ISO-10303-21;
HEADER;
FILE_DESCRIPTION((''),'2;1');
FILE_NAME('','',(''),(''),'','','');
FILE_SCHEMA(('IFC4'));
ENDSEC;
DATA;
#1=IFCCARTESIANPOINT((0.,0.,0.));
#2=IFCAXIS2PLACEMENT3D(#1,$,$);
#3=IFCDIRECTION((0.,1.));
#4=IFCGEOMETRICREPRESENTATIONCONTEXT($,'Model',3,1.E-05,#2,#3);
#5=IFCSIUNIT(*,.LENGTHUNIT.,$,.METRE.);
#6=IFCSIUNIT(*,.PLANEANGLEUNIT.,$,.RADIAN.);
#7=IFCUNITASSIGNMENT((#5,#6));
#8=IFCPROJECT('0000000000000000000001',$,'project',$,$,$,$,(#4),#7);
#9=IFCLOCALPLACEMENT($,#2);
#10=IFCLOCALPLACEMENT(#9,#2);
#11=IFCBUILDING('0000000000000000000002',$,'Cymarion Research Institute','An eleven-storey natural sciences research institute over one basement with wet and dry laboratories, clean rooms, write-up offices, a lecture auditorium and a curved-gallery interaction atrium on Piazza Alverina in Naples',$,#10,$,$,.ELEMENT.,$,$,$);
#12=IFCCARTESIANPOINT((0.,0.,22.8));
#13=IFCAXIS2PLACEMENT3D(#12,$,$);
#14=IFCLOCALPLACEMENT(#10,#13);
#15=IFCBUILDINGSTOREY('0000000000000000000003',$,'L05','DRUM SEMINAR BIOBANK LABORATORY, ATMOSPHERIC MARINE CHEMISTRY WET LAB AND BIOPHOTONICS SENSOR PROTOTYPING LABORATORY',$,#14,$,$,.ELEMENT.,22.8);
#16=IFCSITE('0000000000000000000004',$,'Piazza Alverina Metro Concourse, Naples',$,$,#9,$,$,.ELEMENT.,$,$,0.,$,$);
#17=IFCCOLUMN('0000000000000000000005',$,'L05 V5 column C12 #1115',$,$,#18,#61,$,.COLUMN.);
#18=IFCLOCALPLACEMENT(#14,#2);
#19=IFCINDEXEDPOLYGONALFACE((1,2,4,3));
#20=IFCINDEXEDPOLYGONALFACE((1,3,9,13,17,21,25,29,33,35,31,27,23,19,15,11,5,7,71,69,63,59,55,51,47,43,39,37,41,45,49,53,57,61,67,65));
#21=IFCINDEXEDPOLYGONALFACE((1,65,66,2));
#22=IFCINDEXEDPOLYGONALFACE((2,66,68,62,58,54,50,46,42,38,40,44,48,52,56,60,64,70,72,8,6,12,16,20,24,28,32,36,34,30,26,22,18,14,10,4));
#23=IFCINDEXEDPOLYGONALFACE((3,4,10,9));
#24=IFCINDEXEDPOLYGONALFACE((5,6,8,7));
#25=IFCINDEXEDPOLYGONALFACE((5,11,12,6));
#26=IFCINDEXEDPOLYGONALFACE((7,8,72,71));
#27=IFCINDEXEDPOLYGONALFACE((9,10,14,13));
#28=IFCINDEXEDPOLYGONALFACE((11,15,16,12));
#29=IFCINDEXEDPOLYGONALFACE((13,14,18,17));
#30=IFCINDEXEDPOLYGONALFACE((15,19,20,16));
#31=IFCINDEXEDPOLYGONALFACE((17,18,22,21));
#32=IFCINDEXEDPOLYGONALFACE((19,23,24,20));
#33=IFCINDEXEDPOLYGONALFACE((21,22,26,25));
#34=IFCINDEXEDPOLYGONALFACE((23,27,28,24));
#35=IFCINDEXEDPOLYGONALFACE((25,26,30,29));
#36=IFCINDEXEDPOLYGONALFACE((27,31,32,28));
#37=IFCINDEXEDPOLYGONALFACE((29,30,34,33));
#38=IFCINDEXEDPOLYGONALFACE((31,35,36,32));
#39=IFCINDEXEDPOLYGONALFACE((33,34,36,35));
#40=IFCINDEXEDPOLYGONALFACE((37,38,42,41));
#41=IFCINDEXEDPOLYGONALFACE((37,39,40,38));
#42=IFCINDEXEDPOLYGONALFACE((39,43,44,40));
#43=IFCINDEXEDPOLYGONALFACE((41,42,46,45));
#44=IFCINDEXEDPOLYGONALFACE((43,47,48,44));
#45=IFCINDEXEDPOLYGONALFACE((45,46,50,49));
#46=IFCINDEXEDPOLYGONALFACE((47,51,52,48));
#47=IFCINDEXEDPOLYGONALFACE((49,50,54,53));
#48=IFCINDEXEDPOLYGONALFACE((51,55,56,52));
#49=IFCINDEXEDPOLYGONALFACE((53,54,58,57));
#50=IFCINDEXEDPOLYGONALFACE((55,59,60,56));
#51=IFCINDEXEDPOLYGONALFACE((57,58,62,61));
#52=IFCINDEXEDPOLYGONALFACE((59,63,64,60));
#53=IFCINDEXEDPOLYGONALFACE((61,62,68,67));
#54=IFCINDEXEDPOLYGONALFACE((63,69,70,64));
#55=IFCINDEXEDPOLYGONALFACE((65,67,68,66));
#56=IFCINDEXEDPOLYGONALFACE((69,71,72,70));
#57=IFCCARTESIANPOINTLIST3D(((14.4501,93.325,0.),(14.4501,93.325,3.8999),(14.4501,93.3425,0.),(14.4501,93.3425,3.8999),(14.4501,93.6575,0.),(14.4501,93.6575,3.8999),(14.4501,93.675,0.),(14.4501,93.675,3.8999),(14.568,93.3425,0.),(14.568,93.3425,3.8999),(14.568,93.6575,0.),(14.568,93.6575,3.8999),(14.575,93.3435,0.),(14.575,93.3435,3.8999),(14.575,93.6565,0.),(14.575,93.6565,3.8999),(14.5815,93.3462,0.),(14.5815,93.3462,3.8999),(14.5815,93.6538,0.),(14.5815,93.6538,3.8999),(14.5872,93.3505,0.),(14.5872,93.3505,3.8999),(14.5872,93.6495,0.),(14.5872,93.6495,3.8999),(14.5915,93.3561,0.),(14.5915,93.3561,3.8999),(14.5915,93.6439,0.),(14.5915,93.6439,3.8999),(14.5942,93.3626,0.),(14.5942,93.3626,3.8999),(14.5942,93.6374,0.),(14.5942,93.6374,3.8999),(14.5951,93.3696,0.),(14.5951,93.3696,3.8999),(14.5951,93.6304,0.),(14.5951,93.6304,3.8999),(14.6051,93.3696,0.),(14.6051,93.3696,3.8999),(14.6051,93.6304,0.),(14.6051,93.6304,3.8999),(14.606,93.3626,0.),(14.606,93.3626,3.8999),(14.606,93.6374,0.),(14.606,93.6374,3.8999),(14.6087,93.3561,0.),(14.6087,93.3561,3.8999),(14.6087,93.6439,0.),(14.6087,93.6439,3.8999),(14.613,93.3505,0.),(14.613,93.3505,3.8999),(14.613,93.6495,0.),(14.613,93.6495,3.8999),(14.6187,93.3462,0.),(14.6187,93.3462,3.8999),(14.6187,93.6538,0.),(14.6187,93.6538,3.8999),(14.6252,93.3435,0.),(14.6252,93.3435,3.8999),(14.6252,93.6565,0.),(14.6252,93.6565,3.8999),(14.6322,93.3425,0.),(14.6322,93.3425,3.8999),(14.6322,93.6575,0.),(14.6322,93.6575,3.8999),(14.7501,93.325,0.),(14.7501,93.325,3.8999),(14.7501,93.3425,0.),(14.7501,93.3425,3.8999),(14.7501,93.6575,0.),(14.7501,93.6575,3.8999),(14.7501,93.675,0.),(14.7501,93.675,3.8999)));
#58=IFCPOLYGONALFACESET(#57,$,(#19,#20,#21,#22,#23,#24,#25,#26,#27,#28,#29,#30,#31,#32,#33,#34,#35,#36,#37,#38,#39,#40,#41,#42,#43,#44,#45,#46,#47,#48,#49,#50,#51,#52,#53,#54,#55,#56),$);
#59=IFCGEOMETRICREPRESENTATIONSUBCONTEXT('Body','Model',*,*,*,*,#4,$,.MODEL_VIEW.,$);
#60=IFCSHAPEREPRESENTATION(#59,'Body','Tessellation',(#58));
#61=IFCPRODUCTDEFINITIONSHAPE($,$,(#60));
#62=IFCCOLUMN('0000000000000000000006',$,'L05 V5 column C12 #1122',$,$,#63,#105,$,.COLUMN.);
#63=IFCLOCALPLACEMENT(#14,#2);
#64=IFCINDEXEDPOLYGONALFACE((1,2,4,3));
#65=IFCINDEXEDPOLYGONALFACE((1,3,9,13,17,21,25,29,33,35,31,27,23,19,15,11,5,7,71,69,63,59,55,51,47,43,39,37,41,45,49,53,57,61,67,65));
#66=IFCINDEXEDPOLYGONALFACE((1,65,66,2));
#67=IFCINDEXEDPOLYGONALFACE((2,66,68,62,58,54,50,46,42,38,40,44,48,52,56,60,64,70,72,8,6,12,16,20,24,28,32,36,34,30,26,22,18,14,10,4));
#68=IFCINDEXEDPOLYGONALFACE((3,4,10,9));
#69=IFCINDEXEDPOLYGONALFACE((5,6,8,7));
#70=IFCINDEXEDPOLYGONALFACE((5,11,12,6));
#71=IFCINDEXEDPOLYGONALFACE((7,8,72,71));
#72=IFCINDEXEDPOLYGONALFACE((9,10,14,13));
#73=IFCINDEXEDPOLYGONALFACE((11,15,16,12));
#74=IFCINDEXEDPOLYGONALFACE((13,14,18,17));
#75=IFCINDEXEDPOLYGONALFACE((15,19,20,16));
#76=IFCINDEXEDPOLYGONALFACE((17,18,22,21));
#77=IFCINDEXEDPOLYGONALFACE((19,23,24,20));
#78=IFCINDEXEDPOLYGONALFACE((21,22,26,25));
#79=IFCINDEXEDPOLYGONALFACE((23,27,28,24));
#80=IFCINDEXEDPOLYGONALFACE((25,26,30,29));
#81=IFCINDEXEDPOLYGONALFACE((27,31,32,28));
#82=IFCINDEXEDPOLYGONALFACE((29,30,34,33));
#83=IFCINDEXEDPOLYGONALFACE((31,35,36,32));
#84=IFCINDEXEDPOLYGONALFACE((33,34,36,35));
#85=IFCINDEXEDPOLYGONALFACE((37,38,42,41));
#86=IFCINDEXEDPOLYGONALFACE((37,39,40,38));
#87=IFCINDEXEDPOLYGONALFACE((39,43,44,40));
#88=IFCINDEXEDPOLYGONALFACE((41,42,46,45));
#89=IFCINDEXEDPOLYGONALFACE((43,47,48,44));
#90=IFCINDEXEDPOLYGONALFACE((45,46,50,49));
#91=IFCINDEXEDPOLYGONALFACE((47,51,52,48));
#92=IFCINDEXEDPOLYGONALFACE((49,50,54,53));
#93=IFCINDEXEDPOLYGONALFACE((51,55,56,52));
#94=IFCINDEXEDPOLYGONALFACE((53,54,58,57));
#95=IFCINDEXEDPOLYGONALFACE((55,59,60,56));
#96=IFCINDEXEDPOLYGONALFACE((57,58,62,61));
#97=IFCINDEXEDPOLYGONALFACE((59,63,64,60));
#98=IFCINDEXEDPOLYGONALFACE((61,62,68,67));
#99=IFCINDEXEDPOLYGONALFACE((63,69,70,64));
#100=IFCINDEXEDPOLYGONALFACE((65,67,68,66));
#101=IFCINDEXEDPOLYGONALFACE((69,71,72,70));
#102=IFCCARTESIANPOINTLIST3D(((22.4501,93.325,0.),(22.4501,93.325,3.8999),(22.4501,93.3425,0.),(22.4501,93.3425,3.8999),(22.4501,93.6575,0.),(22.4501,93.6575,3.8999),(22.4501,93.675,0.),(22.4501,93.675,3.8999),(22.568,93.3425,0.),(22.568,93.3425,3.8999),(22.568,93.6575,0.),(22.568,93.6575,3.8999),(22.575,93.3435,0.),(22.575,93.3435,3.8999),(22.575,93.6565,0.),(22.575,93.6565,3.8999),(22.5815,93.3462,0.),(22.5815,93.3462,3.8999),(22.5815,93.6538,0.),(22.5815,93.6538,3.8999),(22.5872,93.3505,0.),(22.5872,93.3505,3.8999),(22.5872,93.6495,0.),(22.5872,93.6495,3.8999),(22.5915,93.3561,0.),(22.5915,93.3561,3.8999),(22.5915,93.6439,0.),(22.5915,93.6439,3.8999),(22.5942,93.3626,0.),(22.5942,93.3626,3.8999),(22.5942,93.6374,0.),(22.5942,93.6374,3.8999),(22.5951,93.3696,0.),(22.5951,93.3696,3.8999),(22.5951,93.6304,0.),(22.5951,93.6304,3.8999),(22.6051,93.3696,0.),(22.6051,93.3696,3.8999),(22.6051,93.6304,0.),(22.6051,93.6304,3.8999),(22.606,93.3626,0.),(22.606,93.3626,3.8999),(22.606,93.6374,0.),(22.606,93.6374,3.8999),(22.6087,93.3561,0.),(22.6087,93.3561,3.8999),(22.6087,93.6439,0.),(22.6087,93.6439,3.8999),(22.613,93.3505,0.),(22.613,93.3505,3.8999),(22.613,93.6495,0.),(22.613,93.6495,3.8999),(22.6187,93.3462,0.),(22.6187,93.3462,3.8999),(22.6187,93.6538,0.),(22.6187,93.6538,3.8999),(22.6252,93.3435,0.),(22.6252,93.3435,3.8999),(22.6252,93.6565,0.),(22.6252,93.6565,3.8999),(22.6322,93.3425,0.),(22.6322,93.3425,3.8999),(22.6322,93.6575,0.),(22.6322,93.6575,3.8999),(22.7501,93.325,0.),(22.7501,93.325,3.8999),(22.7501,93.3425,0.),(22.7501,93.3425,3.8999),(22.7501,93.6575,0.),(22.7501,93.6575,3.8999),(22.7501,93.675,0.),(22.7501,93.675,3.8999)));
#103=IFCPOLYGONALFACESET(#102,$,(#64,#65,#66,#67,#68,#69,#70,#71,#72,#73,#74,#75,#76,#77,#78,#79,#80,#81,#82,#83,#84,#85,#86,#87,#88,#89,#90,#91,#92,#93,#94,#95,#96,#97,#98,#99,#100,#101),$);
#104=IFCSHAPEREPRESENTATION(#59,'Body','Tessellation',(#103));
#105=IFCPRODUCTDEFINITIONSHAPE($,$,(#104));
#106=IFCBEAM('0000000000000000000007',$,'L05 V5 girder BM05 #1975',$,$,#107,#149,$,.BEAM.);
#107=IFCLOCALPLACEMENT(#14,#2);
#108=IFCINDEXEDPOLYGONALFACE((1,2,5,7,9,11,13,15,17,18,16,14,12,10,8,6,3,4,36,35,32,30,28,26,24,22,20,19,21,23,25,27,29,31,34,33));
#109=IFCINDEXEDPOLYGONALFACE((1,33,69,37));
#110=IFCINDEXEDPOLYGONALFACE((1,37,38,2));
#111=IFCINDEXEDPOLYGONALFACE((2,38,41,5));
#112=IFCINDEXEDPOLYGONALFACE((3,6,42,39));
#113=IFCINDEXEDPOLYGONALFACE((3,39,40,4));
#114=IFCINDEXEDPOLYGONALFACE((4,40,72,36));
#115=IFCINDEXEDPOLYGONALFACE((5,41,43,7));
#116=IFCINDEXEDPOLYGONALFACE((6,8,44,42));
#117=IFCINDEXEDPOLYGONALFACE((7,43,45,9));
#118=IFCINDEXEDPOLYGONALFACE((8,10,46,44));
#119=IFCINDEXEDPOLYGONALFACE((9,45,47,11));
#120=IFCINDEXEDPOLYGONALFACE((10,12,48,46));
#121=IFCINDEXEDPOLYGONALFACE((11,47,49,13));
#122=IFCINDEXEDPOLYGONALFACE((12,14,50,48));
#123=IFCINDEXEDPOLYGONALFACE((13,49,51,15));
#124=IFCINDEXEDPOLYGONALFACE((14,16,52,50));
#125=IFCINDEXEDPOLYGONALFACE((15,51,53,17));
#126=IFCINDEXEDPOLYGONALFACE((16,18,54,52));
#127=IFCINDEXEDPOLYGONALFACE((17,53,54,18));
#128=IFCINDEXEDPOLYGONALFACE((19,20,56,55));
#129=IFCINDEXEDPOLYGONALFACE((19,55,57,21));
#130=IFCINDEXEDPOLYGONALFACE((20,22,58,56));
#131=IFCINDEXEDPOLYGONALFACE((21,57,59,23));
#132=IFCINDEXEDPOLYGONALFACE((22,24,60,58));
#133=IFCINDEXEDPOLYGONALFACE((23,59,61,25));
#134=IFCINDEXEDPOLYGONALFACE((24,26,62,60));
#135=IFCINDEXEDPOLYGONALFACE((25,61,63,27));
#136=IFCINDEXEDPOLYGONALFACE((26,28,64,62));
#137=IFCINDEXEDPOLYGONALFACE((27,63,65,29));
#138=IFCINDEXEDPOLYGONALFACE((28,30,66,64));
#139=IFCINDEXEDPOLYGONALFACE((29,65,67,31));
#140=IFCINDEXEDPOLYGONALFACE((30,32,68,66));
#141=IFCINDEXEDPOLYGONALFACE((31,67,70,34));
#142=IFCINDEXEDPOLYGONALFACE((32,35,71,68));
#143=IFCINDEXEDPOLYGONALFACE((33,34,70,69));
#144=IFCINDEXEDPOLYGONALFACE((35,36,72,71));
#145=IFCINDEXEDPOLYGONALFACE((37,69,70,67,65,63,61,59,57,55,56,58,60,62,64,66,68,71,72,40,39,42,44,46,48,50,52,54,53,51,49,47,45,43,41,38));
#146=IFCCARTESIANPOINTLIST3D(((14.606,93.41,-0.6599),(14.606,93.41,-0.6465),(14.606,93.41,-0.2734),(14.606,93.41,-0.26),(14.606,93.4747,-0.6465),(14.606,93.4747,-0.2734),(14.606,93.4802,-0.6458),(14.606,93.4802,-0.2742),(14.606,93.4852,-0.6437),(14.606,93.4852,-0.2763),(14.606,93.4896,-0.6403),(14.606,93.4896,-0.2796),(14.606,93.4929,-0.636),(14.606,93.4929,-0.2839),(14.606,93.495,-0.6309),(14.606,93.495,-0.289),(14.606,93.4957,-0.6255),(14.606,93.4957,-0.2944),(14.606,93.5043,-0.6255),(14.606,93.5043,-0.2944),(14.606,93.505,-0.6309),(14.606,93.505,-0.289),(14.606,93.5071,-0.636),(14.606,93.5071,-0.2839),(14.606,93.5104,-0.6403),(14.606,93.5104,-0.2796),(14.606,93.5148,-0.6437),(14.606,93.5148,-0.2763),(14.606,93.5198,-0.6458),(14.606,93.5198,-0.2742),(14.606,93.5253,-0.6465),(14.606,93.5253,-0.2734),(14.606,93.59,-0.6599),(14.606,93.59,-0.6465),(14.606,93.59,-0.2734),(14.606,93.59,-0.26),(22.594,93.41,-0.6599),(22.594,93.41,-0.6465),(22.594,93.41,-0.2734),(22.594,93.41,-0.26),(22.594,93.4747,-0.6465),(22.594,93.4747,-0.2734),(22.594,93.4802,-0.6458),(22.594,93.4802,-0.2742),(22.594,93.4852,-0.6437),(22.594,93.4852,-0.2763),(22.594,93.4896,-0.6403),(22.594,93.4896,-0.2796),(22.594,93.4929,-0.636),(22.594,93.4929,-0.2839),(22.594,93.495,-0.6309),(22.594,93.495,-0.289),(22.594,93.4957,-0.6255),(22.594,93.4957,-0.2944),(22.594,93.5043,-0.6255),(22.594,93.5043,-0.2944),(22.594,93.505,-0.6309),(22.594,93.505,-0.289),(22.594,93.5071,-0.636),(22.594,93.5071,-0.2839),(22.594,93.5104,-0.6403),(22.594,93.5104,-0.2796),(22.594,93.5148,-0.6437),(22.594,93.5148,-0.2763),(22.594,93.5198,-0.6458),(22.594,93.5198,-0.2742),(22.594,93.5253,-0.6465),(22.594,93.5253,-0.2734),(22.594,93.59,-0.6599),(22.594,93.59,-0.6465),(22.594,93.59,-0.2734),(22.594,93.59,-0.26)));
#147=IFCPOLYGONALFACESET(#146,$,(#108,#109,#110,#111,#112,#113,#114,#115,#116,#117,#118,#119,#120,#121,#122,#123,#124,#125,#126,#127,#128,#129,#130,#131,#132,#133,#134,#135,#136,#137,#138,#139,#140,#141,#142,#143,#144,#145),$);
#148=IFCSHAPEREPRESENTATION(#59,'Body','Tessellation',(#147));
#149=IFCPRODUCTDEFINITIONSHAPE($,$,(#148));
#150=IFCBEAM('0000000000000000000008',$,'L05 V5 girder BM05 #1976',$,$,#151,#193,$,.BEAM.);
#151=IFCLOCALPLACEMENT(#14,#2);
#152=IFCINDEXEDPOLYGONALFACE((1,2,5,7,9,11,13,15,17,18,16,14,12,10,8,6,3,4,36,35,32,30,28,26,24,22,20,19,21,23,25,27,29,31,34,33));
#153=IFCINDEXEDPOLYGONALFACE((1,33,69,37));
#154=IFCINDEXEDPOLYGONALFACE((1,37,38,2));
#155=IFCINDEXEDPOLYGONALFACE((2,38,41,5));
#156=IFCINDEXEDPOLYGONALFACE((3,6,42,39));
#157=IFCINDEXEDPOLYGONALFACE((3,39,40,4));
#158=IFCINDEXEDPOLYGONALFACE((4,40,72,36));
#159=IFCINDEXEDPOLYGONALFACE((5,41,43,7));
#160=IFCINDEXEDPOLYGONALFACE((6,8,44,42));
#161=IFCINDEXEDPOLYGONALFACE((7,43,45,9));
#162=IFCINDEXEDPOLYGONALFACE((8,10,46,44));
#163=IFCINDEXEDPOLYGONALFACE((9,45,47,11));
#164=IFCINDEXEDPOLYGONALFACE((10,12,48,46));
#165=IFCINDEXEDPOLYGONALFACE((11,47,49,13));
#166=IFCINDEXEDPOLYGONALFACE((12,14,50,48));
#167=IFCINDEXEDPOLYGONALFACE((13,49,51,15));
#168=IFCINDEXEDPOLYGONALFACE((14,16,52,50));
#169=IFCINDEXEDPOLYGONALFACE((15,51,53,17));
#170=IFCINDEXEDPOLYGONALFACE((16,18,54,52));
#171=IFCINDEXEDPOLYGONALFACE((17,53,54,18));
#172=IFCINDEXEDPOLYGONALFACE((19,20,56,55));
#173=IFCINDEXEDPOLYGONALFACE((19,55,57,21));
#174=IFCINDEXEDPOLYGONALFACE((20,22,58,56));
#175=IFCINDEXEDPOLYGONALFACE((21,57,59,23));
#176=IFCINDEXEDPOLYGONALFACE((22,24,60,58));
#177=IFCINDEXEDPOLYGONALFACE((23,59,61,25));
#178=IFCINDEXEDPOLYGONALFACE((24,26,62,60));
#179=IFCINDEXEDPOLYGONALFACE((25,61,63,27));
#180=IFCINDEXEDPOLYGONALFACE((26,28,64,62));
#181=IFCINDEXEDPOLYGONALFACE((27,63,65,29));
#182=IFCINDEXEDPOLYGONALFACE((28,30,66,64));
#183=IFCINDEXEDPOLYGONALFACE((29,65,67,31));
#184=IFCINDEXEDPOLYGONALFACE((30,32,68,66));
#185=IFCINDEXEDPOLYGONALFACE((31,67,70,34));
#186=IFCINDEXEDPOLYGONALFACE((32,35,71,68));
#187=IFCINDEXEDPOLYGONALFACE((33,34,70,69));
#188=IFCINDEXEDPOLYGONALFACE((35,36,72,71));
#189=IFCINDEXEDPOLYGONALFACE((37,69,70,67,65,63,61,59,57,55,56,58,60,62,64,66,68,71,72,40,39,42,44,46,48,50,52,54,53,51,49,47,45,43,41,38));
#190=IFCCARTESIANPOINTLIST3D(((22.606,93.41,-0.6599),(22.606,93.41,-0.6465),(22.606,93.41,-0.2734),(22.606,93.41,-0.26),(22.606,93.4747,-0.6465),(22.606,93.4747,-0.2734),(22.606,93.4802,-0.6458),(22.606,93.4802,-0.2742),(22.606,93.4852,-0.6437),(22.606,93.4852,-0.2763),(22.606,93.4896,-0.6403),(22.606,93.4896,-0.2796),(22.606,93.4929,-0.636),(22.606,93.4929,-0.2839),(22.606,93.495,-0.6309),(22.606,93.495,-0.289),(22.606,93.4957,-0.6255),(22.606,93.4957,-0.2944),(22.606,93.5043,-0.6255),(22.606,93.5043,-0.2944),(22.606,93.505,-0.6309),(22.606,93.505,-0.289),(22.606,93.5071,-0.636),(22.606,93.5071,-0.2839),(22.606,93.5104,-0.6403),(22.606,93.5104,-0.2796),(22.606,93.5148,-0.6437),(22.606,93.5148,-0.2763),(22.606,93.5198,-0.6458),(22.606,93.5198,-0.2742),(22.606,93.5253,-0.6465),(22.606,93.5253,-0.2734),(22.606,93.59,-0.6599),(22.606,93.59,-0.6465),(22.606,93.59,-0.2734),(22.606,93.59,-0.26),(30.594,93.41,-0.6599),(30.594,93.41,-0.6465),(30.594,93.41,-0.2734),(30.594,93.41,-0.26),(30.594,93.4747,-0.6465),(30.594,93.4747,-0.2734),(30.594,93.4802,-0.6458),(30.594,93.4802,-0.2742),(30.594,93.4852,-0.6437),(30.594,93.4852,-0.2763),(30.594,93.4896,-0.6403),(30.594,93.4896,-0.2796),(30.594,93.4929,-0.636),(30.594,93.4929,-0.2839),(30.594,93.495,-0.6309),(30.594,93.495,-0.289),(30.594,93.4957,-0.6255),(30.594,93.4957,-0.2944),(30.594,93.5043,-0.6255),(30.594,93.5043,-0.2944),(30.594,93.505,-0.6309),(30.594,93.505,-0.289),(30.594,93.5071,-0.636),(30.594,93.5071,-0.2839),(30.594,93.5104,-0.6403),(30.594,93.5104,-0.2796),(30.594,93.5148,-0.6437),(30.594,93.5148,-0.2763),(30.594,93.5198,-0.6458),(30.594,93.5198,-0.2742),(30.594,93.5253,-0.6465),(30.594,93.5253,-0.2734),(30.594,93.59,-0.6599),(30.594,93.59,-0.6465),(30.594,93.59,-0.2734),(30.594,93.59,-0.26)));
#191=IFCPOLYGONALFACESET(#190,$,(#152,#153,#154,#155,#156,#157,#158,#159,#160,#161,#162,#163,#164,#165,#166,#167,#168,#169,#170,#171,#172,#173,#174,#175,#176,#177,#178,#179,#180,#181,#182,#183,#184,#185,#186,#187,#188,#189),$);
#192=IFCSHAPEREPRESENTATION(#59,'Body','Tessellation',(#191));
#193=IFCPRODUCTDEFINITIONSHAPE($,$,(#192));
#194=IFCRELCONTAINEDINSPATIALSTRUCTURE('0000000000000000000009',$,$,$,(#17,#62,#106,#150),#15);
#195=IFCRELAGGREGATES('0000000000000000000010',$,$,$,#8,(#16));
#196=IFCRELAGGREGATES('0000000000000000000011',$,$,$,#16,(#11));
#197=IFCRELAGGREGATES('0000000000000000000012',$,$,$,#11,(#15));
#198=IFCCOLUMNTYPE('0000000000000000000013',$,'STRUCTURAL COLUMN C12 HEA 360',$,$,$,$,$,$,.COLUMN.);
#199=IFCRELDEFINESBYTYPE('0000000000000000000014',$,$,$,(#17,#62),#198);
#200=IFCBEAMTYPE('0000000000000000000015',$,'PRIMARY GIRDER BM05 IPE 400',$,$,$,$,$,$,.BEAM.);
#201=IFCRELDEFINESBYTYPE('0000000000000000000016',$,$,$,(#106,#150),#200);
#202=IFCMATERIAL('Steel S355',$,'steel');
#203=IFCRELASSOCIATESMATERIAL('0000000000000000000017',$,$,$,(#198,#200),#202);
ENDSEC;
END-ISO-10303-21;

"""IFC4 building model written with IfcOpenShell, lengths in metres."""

from ifc_helpers import new_model, si_unit, direction, frame, origin, origin_2d, place, context, subcontext, project, spatial, i_section, extrude, material, material_profile, profile_set, type_object, element, save


model = new_model("IFC4")

# Units and contexts
model_context = context("Model", 3, precision=1e-05, world=origin(), true_north=direction((0.0, 1.0)))
body_context = subcontext(model_context, "Body", "Model", "MODEL_VIEW")
ifc_project = project(units=[si_unit("LENGTHUNIT", "METRE"), si_unit("PLANEANGLEUNIT", "RADIAN")], contexts=[model_context])

# Site, building, storey
site_placement = place(None, origin())
site = spatial("IfcSite", under=ifc_project, at=site_placement, Name="Piazza Alverina Metro Concourse, Naples", CompositionType="ELEMENT", RefElevation=0.0)
building_placement = place(site_placement, origin())
building = spatial("IfcBuilding", under=site, at=building_placement, Name="Cymarion Research Institute", Description="An eleven-storey natural sciences research institute over one basement with wet and dry laboratories, clean rooms, write-up offices, a lecture auditorium and a curved-gallery interaction atrium on Piazza Alverina in Naples", CompositionType="ELEMENT")
storey_placement = place(building_placement, frame((0.0, 0.0, 22.8)))
storey = spatial("IfcBuildingStorey", under=building, at=storey_placement, Name="L05", Description="DRUM SEMINAR BIOBANK LABORATORY, ATMOSPHERIC MARINE CHEMISTRY WET LAB AND BIOPHOTONICS SENSOR PROTOTYPING LABORATORY", CompositionType="ELEMENT", Elevation=22.8)

# Columns
ifc_material_1 = material(Name="Steel S355", Category="steel")
ifc_material_profile_1 = material_profile(ifc_material_1, i_section(OverallWidth=0.3, OverallDepth=0.3501, WebThickness=0.01, FlangeThickness=0.0176, FilletRadius=0.0271, at=origin_2d()), Name="HEA 360")
ifc_profile_set_1 = profile_set([ifc_material_profile_1], Name="Steel S355")
column_type = type_object("IfcColumnType", Name="STRUCTURAL COLUMN C12 HEA 360", PredefinedType="COLUMN", material=ifc_profile_set_1)
for number, where, z_axis, x_axis, name in (
    (1, (14.6001, 93.5, 0.0), (0.0, 0.0, 1.0), (1.0, 0.0, 0.0), "L05 V5 column C12 #1115"),
    (2, (22.6001, 93.5, 0.0), (0.0, 0.0, 1.0), (1.0, 0.0, 0.0), "L05 V5 column C12 #1122"),
):
    element("IfcColumn", number, at=place(storey_placement, frame(where, z_axis=z_axis, x_axis=x_axis)), inside=storey, type_object=column_type, Name=name, PredefinedType="COLUMN", context=body_context, shape_type="SweptSolid", body=[
        extrude(i_section(OverallWidth=0.3, OverallDepth=0.3501, WebThickness=0.01, FlangeThickness=0.0176, FilletRadius=0.0271, at=origin_2d()), origin(), (0.0, 0.0, 1.0), 3.8999),
    ])

# Beams
ifc_material_profile_2 = material_profile(ifc_material_1, i_section(OverallWidth=0.1799, OverallDepth=0.3999, WebThickness=0.0085, FlangeThickness=0.0134, FilletRadius=0.021, at=origin_2d()), Name="IPE 400")
ifc_profile_set_2 = profile_set([ifc_material_profile_2], Name="Steel S355")
beam_type_1 = type_object("IfcBeamType", Name="PRIMARY GIRDER BM05 IPE 400", PredefinedType="BEAM", material=ifc_profile_set_2)
for number, where, z_axis, x_axis, name in (
    (3, (14.606, 93.5, -0.46), (1.0, 0.0, 0.0), (0.0, 1.0, 0.0), "L05 V5 girder BM05 #1975"),
    (4, (22.606, 93.5, -0.46), (1.0, 0.0, 0.0), (0.0, 1.0, 0.0), "L05 V5 girder BM05 #1976"),
):
    element("IfcBeam", number, at=place(storey_placement, frame(where, z_axis=z_axis, x_axis=x_axis)), inside=storey, type_object=beam_type_1, Name=name, PredefinedType="BEAM", context=body_context, shape_type="SweptSolid", body=[
        extrude(i_section(OverallWidth=0.1799, OverallDepth=0.3999, WebThickness=0.0085, FlangeThickness=0.0134, FilletRadius=0.021, at=origin_2d()), origin(), (0.0, 0.0, 1.0), 7.988),
    ])

save(model, "model.ifc")
